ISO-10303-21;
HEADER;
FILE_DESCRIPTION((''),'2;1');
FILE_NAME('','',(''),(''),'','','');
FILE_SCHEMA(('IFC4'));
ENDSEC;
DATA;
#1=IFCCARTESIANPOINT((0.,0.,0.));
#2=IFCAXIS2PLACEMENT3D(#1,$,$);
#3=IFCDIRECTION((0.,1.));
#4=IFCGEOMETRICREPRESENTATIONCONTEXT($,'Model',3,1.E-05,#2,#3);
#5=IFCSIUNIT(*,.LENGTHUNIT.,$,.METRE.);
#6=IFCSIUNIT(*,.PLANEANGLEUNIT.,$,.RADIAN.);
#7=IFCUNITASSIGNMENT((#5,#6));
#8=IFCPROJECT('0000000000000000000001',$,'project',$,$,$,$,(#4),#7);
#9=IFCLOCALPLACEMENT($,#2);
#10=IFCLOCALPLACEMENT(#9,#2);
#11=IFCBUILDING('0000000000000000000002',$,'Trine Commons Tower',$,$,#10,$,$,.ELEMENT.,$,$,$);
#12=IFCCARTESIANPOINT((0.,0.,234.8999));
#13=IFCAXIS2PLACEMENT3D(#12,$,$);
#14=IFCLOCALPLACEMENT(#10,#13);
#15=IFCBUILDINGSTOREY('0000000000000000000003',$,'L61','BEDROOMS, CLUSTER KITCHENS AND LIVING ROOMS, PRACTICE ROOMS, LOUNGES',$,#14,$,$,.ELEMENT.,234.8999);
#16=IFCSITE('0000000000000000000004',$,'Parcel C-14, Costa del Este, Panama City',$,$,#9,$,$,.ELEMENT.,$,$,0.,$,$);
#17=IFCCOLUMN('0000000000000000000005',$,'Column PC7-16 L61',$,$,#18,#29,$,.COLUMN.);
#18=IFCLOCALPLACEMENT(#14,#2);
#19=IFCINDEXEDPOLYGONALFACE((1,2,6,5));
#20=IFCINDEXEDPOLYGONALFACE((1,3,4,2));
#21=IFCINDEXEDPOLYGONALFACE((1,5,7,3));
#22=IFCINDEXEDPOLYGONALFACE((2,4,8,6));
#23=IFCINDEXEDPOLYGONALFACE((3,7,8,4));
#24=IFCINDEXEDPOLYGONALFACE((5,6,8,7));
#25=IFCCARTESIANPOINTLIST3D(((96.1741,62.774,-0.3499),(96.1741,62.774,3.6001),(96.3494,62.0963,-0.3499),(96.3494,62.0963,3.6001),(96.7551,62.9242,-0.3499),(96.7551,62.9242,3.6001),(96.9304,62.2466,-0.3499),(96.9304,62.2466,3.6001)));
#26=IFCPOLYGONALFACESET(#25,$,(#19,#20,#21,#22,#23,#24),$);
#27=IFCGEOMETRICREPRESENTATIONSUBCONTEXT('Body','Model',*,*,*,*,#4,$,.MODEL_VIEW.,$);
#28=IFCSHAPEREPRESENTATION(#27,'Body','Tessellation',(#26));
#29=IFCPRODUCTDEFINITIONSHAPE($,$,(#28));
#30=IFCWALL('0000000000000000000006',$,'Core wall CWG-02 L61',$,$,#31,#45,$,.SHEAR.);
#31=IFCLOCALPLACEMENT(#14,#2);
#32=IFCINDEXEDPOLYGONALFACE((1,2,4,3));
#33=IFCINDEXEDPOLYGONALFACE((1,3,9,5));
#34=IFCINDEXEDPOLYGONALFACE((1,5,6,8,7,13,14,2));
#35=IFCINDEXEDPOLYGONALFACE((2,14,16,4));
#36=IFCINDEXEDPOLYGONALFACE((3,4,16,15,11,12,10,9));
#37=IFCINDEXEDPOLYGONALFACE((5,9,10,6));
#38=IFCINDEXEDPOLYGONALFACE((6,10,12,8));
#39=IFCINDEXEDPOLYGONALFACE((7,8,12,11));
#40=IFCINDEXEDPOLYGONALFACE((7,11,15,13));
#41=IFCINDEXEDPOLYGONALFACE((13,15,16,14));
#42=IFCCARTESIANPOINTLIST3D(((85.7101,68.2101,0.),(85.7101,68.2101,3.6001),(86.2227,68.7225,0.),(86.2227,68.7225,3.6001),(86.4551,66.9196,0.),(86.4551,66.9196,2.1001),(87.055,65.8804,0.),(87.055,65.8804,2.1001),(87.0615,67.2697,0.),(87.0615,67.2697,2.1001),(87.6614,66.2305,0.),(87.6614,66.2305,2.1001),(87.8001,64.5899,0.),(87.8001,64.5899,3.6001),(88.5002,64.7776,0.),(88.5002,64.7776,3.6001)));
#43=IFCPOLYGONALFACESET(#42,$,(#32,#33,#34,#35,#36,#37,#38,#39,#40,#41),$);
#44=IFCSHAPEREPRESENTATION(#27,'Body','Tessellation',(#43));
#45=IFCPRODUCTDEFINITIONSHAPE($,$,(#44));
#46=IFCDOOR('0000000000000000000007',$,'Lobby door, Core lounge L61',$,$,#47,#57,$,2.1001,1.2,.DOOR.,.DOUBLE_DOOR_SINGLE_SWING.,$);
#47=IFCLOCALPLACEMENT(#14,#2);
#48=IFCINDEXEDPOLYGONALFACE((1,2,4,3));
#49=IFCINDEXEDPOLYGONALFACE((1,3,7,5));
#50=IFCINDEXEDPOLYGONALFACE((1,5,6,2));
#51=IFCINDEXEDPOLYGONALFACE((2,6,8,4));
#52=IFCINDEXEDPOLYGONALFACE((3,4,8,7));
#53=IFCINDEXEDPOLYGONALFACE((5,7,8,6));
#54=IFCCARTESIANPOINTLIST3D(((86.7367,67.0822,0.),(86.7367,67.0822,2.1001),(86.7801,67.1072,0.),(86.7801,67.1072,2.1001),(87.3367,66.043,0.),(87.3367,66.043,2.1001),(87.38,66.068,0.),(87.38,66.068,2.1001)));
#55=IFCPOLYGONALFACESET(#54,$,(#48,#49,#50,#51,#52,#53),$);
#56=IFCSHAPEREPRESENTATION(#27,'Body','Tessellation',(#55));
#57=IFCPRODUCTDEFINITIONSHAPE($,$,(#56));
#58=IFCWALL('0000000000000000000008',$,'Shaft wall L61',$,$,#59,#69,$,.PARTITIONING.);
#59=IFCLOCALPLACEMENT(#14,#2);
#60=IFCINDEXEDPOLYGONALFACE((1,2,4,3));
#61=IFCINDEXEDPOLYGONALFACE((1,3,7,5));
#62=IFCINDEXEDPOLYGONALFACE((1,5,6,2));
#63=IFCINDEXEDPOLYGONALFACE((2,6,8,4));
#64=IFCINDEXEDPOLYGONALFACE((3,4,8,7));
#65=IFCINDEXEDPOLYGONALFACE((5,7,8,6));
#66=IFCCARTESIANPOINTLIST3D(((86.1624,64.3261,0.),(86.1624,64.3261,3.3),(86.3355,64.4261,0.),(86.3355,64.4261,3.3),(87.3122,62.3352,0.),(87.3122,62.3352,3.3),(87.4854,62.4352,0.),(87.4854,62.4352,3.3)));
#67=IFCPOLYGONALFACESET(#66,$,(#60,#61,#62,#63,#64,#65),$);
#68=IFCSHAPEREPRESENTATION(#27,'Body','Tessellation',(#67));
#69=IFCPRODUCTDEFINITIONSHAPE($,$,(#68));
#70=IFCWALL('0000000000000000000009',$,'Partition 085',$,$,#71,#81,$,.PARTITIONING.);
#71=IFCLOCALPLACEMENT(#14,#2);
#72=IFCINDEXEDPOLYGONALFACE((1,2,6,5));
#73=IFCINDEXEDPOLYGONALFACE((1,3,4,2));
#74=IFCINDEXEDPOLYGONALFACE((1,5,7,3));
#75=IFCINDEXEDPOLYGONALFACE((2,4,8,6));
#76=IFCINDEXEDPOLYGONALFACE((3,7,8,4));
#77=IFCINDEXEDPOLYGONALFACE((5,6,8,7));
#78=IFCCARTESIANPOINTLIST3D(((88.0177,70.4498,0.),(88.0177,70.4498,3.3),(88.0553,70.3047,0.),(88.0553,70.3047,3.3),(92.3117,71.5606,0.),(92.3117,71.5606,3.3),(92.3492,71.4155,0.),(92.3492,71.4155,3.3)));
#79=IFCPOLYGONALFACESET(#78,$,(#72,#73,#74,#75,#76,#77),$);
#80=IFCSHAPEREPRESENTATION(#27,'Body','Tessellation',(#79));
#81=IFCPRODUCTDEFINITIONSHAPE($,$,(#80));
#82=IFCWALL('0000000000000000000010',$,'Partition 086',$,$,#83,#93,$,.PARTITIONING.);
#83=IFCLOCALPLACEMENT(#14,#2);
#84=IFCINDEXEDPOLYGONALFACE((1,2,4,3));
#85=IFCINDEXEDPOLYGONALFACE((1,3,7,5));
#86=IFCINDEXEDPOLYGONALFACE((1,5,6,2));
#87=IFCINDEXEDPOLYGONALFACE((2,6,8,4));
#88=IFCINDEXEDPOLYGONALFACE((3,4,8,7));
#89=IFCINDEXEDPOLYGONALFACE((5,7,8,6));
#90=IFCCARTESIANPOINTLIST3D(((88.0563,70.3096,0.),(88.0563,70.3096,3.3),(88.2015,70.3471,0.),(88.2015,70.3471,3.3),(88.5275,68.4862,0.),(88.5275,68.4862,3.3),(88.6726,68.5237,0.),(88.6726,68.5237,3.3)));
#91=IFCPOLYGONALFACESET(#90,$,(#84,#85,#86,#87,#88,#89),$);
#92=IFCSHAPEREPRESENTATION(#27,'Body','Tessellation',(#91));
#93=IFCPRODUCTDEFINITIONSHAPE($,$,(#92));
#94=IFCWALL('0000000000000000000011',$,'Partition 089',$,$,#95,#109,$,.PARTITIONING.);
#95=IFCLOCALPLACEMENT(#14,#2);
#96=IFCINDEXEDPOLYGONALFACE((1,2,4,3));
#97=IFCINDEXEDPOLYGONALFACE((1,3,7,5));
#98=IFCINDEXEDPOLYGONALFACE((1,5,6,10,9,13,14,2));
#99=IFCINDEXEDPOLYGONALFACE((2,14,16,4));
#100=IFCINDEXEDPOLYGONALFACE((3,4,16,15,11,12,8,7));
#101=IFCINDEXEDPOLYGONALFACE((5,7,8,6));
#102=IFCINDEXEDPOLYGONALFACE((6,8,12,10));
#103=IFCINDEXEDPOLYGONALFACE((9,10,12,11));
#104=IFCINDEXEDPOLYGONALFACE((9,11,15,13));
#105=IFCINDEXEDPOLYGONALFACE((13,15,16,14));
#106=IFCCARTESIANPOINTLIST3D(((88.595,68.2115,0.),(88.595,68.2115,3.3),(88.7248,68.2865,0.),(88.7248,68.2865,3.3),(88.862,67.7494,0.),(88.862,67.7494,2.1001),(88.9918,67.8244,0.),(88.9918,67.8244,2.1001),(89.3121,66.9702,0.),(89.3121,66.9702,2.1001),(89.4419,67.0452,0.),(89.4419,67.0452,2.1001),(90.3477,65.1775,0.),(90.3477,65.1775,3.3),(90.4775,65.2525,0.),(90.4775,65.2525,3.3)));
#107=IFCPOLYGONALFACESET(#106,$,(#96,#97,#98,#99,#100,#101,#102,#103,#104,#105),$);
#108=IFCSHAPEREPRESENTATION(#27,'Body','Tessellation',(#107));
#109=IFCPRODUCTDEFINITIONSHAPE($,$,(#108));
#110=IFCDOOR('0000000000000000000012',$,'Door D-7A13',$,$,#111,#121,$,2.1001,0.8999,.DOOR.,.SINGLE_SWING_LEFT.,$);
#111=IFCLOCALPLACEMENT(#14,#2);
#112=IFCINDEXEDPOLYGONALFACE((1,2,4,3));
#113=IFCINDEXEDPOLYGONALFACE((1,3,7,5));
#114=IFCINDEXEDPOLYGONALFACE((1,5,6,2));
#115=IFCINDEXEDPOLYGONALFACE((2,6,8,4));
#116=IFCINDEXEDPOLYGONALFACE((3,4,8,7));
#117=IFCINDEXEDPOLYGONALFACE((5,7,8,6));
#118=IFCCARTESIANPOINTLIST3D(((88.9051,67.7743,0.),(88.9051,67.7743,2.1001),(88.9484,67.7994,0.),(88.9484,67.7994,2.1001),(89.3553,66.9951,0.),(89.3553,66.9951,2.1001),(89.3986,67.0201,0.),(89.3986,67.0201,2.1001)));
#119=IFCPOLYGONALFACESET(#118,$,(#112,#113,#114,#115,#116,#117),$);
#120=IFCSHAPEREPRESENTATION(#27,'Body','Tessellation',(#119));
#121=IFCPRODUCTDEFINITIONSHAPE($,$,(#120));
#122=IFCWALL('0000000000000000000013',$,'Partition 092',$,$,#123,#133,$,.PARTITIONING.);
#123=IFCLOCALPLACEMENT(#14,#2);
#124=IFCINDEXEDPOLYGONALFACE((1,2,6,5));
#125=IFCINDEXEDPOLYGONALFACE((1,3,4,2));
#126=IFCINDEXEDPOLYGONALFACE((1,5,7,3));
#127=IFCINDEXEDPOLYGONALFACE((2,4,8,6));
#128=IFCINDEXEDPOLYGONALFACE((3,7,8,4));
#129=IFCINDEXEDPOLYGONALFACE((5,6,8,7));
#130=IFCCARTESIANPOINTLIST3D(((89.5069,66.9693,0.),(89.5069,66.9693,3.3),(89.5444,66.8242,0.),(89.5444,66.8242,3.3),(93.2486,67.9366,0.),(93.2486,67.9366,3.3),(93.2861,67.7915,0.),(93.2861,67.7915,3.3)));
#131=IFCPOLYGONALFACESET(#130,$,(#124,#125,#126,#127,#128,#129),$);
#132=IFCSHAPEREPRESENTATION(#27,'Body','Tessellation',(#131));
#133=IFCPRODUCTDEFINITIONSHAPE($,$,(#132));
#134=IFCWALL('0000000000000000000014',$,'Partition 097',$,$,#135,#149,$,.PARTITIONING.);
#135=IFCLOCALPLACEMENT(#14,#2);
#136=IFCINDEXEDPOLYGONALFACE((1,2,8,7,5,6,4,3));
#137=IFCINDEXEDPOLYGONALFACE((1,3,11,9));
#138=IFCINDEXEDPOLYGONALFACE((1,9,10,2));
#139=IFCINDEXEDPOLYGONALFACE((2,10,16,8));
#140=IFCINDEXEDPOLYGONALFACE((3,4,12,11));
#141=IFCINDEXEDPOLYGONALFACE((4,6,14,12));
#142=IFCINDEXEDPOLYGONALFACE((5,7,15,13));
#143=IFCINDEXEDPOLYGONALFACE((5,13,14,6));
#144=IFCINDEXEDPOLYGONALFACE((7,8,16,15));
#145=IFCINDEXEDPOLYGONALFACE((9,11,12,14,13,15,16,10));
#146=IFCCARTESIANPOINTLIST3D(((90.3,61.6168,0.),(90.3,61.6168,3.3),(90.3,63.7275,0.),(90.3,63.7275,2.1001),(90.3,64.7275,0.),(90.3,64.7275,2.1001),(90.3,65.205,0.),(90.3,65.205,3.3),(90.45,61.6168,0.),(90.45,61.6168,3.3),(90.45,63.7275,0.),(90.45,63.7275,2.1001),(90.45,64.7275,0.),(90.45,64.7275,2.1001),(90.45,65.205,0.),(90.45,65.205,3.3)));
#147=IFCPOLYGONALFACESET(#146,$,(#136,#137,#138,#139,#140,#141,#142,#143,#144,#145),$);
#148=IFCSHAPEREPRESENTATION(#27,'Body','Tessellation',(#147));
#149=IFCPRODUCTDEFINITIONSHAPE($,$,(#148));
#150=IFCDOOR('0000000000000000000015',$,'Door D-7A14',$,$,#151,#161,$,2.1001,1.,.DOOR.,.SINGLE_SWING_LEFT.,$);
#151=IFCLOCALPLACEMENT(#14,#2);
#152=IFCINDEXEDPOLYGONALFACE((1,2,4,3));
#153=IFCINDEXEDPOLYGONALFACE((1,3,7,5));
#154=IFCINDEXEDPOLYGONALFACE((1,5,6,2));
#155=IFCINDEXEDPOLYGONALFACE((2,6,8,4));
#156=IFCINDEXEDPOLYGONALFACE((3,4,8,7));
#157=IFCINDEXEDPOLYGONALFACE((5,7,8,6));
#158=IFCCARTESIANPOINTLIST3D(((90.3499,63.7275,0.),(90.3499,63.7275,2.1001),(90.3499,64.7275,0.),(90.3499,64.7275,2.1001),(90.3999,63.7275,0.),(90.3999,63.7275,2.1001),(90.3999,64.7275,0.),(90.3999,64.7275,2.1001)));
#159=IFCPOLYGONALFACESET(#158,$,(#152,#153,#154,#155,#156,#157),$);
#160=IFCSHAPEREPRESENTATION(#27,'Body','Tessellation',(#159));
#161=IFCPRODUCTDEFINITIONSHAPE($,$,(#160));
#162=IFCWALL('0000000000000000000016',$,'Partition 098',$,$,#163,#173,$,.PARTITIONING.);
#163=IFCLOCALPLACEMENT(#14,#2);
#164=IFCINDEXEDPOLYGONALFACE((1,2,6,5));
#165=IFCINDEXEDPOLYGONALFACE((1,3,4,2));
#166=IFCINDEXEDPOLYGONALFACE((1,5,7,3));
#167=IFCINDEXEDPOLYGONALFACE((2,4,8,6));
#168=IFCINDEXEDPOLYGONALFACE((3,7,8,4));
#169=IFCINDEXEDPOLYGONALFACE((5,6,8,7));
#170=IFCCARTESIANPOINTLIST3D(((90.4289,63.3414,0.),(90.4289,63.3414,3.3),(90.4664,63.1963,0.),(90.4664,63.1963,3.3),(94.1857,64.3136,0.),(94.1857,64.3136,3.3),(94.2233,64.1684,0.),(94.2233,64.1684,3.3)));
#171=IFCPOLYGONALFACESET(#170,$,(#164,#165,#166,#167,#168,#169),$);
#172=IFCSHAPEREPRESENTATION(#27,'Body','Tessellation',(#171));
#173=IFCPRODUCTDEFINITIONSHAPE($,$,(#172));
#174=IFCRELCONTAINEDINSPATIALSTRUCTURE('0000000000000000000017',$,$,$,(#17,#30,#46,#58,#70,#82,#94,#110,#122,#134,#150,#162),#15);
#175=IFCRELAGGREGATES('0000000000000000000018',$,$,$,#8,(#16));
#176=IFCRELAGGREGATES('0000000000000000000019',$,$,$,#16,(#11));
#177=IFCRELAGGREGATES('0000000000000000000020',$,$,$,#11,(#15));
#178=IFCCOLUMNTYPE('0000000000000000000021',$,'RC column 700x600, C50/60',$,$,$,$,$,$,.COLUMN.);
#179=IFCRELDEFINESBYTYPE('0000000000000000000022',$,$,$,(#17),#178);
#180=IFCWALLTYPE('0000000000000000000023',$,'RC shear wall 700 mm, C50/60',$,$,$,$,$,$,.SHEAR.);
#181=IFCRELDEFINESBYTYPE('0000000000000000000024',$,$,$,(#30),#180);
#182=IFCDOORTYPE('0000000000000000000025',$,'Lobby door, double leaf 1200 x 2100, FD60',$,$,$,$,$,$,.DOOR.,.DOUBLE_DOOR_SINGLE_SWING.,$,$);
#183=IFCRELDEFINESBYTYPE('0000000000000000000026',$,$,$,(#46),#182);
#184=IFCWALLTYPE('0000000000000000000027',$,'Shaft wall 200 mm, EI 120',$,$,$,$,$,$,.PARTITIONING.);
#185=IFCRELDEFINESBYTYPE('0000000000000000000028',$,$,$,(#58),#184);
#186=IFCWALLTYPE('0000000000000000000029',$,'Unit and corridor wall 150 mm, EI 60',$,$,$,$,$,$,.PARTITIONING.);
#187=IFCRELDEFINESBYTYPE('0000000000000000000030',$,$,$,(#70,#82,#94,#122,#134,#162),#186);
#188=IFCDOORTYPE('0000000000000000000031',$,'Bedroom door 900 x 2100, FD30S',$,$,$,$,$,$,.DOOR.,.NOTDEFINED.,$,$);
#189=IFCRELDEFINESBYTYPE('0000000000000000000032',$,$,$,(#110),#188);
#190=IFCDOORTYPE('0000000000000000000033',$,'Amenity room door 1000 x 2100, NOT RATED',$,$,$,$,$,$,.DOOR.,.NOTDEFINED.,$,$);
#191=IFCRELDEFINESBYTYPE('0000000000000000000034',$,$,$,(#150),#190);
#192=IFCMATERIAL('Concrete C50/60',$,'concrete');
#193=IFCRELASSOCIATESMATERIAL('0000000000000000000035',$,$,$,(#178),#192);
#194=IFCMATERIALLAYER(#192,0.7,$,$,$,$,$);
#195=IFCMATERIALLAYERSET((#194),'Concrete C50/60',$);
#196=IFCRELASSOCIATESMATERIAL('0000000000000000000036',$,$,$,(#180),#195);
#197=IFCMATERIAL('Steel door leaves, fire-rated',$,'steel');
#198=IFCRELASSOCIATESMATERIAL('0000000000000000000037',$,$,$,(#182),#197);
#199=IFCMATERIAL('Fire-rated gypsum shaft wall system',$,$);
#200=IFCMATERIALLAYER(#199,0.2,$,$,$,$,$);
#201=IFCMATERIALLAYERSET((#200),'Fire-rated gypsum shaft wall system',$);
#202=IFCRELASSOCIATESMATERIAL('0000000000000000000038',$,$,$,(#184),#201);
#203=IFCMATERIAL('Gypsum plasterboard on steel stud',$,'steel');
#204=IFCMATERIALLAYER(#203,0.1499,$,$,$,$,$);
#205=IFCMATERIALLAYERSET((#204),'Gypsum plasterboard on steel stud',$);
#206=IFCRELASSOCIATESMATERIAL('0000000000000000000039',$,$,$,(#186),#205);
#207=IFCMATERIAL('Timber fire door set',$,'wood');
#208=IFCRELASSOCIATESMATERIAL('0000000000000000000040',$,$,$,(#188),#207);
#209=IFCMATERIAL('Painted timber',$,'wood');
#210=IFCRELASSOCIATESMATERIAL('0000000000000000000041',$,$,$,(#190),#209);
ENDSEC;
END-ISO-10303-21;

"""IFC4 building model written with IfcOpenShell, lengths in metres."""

from ifc_helpers import new_model, si_unit, direction, frame, frame_2d, origin, origin_2d, place, context, subcontext, project, spatial, polyline, rectangle, outline, extrude, material, layer, layer_set, material_profile, profile_set, type_object, element, fill, save


model = new_model("IFC4")

# Units and contexts
model_context = context("Model", 3, precision=1e-05, world=origin(), true_north=direction((0.0, 1.0)))
body_context = subcontext(model_context, "Body", "Model", "MODEL_VIEW")
ifc_project = project(units=[si_unit("LENGTHUNIT", "METRE"), si_unit("PLANEANGLEUNIT", "RADIAN")], contexts=[model_context])

# Site, building, storey
site_placement = place(None, origin())
site = spatial("IfcSite", under=ifc_project, at=site_placement, Name="Parcel C-14, Costa del Este, Panama City", CompositionType="ELEMENT", RefElevation=0.0)
building_placement = place(site_placement, origin())
building = spatial("IfcBuilding", under=site, at=building_placement, Name="Trine Commons Tower", CompositionType="ELEMENT")
storey_placement = place(building_placement, frame((0.0, 0.0, 234.8999)))
storey = spatial("IfcBuildingStorey", under=building, at=storey_placement, Name="L61", Description="BEDROOMS, CLUSTER KITCHENS AND LIVING ROOMS, PRACTICE ROOMS, LOUNGES", CompositionType="ELEMENT", Elevation=234.8999)

# Column
ifc_material_1 = material(Name="Concrete C50/60", Category="concrete")
ifc_material_profile = material_profile(ifc_material_1, rectangle(XDim=0.7, YDim=0.6001, at=origin_2d()), Name="RC 700x600")
ifc_profile_set = profile_set([ifc_material_profile], Name="Concrete C50/60")
column_type = type_object("IfcColumnType", Name="RC column 700x600, C50/60", PredefinedType="COLUMN", material=ifc_profile_set)
column_placement = place(storey_placement, frame((96.5522, 62.5103, -0.3499), z_axis=(0.0, 0.0, 1.0), x_axis=(-0.25038, 0.968148, 0.0)))
element("IfcColumn", 1, at=column_placement, inside=storey, type_object=column_type, Name="Column PC7-16 L61", PredefinedType="COLUMN", context=body_context, shape_type="SweptSolid", body=[
    extrude(rectangle(XDim=0.7, YDim=0.6001, at=origin_2d()), origin(), (0.0, 0.0, 1.0), 3.95),
])

# Wall, opening, door
ifc_layer_1 = layer(ifc_material_1, 0.7)
ifc_layer_set_1 = layer_set([ifc_layer_1], Name="Concrete C50/60")
wall_type_1 = type_object("IfcWallType", Name="RC shear wall 700 mm, C50/60", PredefinedType="SHEAR", material=ifc_layer_set_1)
wall_1_placement = place(storey_placement, frame((88.197, 64.6025, 0.0), z_axis=(0.0, 0.0, 1.0), x_axis=(-0.499984, 0.866035, 0.0)))
wall_1 = element("IfcWall", 2, at=wall_1_placement, inside=storey, type_object=wall_type_1, Name="Core wall CWG-02 L61", PredefinedType="SHEAR", context=body_context, shape_type="SweptSolid", body=[
    extrude(outline(polyline([(0.0, -0.3501), (4.5552, -0.3501), (4.3677, 0.3501), (0.1875, 0.3501), (0.0, -0.3501)])), origin(), (0.0, 0.0, 1.0), 3.6001),
])
opening_1_placement = place(wall_1_placement, frame((1.6775, 0.0, 0.0)))
opening_1 = element("IfcOpeningElement", 3, at=opening_1_placement, cuts=wall_1, PredefinedType="OPENING", context=body_context, shape_type="SweptSolid", body=[
    extrude(rectangle(XDim=1.2, YDim=2.1001, at=frame_2d((0.6001, 1.05))), frame((0.0, 0.3599, 0.0), z_axis=(0.0, -1.0, 0.0), x_axis=(1.0, 0.0, 0.0)), (0.0, 0.0, 1.0), 0.72),
])
ifc_material_2 = material(Name="Steel door leaves, fire-rated", Category="steel")
door_type_1 = type_object("IfcDoorType", Name="Lobby door, double leaf 1200 x 2100, FD60", OperationType="DOUBLE_DOOR_SINGLE_SWING", PredefinedType="DOOR", material=ifc_material_2)
door_1_placement = place(opening_1_placement, origin())
door_1 = element("IfcDoor", 4, at=door_1_placement, inside=storey, type_object=door_type_1, Name="Lobby door, Core lounge L61", OperationType="DOUBLE_DOOR_SINGLE_SWING", OverallHeight=2.1001, OverallWidth=1.2, PredefinedType="DOOR", context=body_context, shape_type="SweptSolid", body=[
    extrude(rectangle(XDim=1.2, YDim=2.1001, at=frame_2d((0.6001, 1.05))), frame((0.0, 0.0249, 0.0), z_axis=(0.0, -1.0, 0.0), x_axis=(1.0, 0.0, 0.0)), (0.0, 0.0, 1.0), 0.05),
])
fill(opening_1, door_1)

# Walls
ifc_material_3 = material(Name="Fire-rated gypsum shaft wall system")
ifc_layer_2 = layer(ifc_material_3, 0.2)
ifc_layer_set_2 = layer_set([ifc_layer_2], Name="Fire-rated gypsum shaft wall system")
wall_type_2 = type_object("IfcWallType", Name="Shaft wall 200 mm, EI 120", PredefinedType="PARTITIONING", material=ifc_layer_set_2)
wall_2_placement = place(storey_placement, frame((86.249, 64.376, 0.0), z_axis=(0.0, 0.0, 1.0), x_axis=(0.500136, -0.865947, 0.0)))
element("IfcWall", 5, at=wall_2_placement, inside=storey, type_object=wall_type_2, Name="Shaft wall L61", PredefinedType="PARTITIONING", context=body_context, shape_type="SweptSolid", body=[
    extrude(rectangle(XDim=2.2991, YDim=0.2, at=frame_2d((1.1494, 0.0))), origin(), (0.0, 0.0, 1.0), 3.3),
])
ifc_material_4 = material(Name="Gypsum plasterboard on steel stud", Category="steel")
ifc_layer_3 = layer(ifc_material_4, 0.1499)
ifc_layer_set_3 = layer_set([ifc_layer_3], Name="Gypsum plasterboard on steel stud")
wall_type_3 = type_object("IfcWallType", Name="Unit and corridor wall 150 mm, EI 60", PredefinedType="PARTITIONING", material=ifc_layer_set_3)
wall_3_placement = place(storey_placement, frame((88.0364, 70.3772, 0.0), z_axis=(0.0, 0.0, 1.0), x_axis=(0.968129, 0.250454, 0.0)))
element("IfcWall", 6, at=wall_3_placement, inside=storey, type_object=wall_type_3, Name="Partition 085", PredefinedType="PARTITIONING", context=body_context, shape_type="SweptSolid", body=[
    extrude(rectangle(XDim=4.4353, YDim=0.1499, at=frame_2d((2.2178, 0.0))), origin(), (0.0, 0.0, 1.0), 3.3),
])
wall_4_placement = place(storey_placement, frame((88.1289, 70.3284, 0.0), z_axis=(0.0, 0.0, 1.0), x_axis=(0.250184, -0.968198, 0.0)))
element("IfcWall", 7, at=wall_4_placement, inside=storey, type_object=wall_type_3, Name="Partition 086", PredefinedType="PARTITIONING", context=body_context, shape_type="SweptSolid", body=[
    extrude(rectangle(XDim=1.8833, YDim=0.1499, at=frame_2d((0.9417, 0.0))), origin(), (0.0, 0.0, 1.0), 3.3),
])

# Wall, opening, door
wall_5_placement = place(storey_placement, frame((88.6599, 68.249, 0.0), z_axis=(0.0, 0.0, 1.0), x_axis=(0.500223, -0.865897, 0.0)))
wall_5 = element("IfcWall", 8, at=wall_5_placement, inside=storey, type_object=wall_type_3, Name="Partition 089", PredefinedType="PARTITIONING", context=body_context, shape_type="SweptSolid", body=[
    extrude(rectangle(XDim=3.5039, YDim=0.1499, at=frame_2d((1.752, 0.0))), origin(), (0.0, 0.0, 1.0), 3.3),
])
opening_2_placement = place(wall_5_placement, frame((0.5337, 0.0, 0.0)))
opening_2 = element("IfcOpeningElement", 9, at=opening_2_placement, cuts=wall_5, PredefinedType="OPENING", context=body_context, shape_type="SweptSolid", body=[
    extrude(rectangle(XDim=0.8999, YDim=2.1001, at=frame_2d((0.45, 1.05))), frame((0.0, 0.085, 0.0), z_axis=(0.0, -1.0, 0.0), x_axis=(1.0, 0.0, 0.0)), (0.0, 0.0, 1.0), 0.1699),
])
ifc_material_5 = material(Name="Timber fire door set", Category="wood")
door_type_2 = type_object("IfcDoorType", Name="Bedroom door 900 x 2100, FD30S", OperationType="NOTDEFINED", PredefinedType="DOOR", material=ifc_material_5)
door_2_placement = place(opening_2_placement, origin())
door_2 = element("IfcDoor", 10, at=door_2_placement, inside=storey, type_object=door_type_2, Name="Door D-7A13", OperationType="SINGLE_SWING_LEFT", OverallHeight=2.1001, OverallWidth=0.8999, PredefinedType="DOOR", context=body_context, shape_type="SweptSolid", body=[
    extrude(rectangle(XDim=0.8999, YDim=2.1001, at=frame_2d((0.45, 1.05))), frame((0.0, 0.0249, 0.0), z_axis=(0.0, -1.0, 0.0), x_axis=(1.0, 0.0, 0.0)), (0.0, 0.0, 1.0), 0.05),
])
fill(opening_2, door_2)

# Wall
wall_6_placement = place(storey_placement, frame((89.5256, 66.8967, 0.0), z_axis=(0.0, 0.0, 1.0), x_axis=(0.968172, 0.250287, 0.0)))
element("IfcWall", 11, at=wall_6_placement, inside=storey, type_object=wall_type_3, Name="Partition 092", PredefinedType="PARTITIONING", context=body_context, shape_type="SweptSolid", body=[
    extrude(rectangle(XDim=3.8647, YDim=0.1499, at=frame_2d((1.9324, 0.0))), origin(), (0.0, 0.0, 1.0), 3.3),
])

# Wall, opening, door
wall_7_placement = place(storey_placement, frame((90.375, 61.6169, 0.0), z_axis=(0.0, 0.0, 1.0), x_axis=(0.0, 1.0, 0.0)))
wall_7 = element("IfcWall", 12, at=wall_7_placement, inside=storey, type_object=wall_type_3, Name="Partition 097", PredefinedType="PARTITIONING", context=body_context, shape_type="SweptSolid", body=[
    extrude(rectangle(XDim=3.5881, YDim=0.1499, at=frame_2d((1.7939, 0.0))), origin(), (0.0, 0.0, 1.0), 3.3),
])
opening_3_placement = place(wall_7_placement, frame((2.1106, 0.0, 0.0)))
opening_3 = element("IfcOpeningElement", 13, at=opening_3_placement, cuts=wall_7, PredefinedType="OPENING", context=body_context, shape_type="SweptSolid", body=[
    extrude(rectangle(XDim=1.0, YDim=2.1001, at=frame_2d((0.5, 1.05))), frame((0.0, 0.085, 0.0), z_axis=(0.0, -1.0, 0.0), x_axis=(1.0, 0.0, 0.0)), (0.0, 0.0, 1.0), 0.1699),
])
ifc_material_6 = material(Name="Painted timber", Category="wood")
door_type_3 = type_object("IfcDoorType", Name="Amenity room door 1000 x 2100, NOT RATED", OperationType="NOTDEFINED", PredefinedType="DOOR", material=ifc_material_6)
door_3_placement = place(opening_3_placement, frame((1.0, 0.0, 0.0), z_axis=(0.0, 0.0, 1.0), x_axis=(-1.0, 0.0, 0.0)))
door_3 = element("IfcDoor", 14, at=door_3_placement, inside=storey, type_object=door_type_3, Name="Door D-7A14", OperationType="SINGLE_SWING_LEFT", OverallHeight=2.1001, OverallWidth=1.0, PredefinedType="DOOR", context=body_context, shape_type="SweptSolid", body=[
    extrude(rectangle(XDim=1.0, YDim=2.1001, at=frame_2d((0.5, 1.05))), frame((0.0, 0.0249, 0.0), z_axis=(0.0, -1.0, 0.0), x_axis=(1.0, 0.0, 0.0)), (0.0, 0.0, 1.0), 0.05),
])
fill(opening_3, door_3)

# Wall
wall_8_placement = place(storey_placement, frame((90.4475, 63.2688, 0.0), z_axis=(0.0, 0.0, 1.0), x_axis=(0.968111, 0.250521, 0.0)))
element("IfcWall", 15, at=wall_8_placement, inside=storey, type_object=wall_type_3, Name="Partition 098", PredefinedType="PARTITIONING", context=body_context, shape_type="SweptSolid", body=[
    extrude(rectangle(XDim=3.8806, YDim=0.1499, at=frame_2d((1.9404, 0.0))), origin(), (0.0, 0.0, 1.0), 3.3),
])

save(model, "model.ifc")
